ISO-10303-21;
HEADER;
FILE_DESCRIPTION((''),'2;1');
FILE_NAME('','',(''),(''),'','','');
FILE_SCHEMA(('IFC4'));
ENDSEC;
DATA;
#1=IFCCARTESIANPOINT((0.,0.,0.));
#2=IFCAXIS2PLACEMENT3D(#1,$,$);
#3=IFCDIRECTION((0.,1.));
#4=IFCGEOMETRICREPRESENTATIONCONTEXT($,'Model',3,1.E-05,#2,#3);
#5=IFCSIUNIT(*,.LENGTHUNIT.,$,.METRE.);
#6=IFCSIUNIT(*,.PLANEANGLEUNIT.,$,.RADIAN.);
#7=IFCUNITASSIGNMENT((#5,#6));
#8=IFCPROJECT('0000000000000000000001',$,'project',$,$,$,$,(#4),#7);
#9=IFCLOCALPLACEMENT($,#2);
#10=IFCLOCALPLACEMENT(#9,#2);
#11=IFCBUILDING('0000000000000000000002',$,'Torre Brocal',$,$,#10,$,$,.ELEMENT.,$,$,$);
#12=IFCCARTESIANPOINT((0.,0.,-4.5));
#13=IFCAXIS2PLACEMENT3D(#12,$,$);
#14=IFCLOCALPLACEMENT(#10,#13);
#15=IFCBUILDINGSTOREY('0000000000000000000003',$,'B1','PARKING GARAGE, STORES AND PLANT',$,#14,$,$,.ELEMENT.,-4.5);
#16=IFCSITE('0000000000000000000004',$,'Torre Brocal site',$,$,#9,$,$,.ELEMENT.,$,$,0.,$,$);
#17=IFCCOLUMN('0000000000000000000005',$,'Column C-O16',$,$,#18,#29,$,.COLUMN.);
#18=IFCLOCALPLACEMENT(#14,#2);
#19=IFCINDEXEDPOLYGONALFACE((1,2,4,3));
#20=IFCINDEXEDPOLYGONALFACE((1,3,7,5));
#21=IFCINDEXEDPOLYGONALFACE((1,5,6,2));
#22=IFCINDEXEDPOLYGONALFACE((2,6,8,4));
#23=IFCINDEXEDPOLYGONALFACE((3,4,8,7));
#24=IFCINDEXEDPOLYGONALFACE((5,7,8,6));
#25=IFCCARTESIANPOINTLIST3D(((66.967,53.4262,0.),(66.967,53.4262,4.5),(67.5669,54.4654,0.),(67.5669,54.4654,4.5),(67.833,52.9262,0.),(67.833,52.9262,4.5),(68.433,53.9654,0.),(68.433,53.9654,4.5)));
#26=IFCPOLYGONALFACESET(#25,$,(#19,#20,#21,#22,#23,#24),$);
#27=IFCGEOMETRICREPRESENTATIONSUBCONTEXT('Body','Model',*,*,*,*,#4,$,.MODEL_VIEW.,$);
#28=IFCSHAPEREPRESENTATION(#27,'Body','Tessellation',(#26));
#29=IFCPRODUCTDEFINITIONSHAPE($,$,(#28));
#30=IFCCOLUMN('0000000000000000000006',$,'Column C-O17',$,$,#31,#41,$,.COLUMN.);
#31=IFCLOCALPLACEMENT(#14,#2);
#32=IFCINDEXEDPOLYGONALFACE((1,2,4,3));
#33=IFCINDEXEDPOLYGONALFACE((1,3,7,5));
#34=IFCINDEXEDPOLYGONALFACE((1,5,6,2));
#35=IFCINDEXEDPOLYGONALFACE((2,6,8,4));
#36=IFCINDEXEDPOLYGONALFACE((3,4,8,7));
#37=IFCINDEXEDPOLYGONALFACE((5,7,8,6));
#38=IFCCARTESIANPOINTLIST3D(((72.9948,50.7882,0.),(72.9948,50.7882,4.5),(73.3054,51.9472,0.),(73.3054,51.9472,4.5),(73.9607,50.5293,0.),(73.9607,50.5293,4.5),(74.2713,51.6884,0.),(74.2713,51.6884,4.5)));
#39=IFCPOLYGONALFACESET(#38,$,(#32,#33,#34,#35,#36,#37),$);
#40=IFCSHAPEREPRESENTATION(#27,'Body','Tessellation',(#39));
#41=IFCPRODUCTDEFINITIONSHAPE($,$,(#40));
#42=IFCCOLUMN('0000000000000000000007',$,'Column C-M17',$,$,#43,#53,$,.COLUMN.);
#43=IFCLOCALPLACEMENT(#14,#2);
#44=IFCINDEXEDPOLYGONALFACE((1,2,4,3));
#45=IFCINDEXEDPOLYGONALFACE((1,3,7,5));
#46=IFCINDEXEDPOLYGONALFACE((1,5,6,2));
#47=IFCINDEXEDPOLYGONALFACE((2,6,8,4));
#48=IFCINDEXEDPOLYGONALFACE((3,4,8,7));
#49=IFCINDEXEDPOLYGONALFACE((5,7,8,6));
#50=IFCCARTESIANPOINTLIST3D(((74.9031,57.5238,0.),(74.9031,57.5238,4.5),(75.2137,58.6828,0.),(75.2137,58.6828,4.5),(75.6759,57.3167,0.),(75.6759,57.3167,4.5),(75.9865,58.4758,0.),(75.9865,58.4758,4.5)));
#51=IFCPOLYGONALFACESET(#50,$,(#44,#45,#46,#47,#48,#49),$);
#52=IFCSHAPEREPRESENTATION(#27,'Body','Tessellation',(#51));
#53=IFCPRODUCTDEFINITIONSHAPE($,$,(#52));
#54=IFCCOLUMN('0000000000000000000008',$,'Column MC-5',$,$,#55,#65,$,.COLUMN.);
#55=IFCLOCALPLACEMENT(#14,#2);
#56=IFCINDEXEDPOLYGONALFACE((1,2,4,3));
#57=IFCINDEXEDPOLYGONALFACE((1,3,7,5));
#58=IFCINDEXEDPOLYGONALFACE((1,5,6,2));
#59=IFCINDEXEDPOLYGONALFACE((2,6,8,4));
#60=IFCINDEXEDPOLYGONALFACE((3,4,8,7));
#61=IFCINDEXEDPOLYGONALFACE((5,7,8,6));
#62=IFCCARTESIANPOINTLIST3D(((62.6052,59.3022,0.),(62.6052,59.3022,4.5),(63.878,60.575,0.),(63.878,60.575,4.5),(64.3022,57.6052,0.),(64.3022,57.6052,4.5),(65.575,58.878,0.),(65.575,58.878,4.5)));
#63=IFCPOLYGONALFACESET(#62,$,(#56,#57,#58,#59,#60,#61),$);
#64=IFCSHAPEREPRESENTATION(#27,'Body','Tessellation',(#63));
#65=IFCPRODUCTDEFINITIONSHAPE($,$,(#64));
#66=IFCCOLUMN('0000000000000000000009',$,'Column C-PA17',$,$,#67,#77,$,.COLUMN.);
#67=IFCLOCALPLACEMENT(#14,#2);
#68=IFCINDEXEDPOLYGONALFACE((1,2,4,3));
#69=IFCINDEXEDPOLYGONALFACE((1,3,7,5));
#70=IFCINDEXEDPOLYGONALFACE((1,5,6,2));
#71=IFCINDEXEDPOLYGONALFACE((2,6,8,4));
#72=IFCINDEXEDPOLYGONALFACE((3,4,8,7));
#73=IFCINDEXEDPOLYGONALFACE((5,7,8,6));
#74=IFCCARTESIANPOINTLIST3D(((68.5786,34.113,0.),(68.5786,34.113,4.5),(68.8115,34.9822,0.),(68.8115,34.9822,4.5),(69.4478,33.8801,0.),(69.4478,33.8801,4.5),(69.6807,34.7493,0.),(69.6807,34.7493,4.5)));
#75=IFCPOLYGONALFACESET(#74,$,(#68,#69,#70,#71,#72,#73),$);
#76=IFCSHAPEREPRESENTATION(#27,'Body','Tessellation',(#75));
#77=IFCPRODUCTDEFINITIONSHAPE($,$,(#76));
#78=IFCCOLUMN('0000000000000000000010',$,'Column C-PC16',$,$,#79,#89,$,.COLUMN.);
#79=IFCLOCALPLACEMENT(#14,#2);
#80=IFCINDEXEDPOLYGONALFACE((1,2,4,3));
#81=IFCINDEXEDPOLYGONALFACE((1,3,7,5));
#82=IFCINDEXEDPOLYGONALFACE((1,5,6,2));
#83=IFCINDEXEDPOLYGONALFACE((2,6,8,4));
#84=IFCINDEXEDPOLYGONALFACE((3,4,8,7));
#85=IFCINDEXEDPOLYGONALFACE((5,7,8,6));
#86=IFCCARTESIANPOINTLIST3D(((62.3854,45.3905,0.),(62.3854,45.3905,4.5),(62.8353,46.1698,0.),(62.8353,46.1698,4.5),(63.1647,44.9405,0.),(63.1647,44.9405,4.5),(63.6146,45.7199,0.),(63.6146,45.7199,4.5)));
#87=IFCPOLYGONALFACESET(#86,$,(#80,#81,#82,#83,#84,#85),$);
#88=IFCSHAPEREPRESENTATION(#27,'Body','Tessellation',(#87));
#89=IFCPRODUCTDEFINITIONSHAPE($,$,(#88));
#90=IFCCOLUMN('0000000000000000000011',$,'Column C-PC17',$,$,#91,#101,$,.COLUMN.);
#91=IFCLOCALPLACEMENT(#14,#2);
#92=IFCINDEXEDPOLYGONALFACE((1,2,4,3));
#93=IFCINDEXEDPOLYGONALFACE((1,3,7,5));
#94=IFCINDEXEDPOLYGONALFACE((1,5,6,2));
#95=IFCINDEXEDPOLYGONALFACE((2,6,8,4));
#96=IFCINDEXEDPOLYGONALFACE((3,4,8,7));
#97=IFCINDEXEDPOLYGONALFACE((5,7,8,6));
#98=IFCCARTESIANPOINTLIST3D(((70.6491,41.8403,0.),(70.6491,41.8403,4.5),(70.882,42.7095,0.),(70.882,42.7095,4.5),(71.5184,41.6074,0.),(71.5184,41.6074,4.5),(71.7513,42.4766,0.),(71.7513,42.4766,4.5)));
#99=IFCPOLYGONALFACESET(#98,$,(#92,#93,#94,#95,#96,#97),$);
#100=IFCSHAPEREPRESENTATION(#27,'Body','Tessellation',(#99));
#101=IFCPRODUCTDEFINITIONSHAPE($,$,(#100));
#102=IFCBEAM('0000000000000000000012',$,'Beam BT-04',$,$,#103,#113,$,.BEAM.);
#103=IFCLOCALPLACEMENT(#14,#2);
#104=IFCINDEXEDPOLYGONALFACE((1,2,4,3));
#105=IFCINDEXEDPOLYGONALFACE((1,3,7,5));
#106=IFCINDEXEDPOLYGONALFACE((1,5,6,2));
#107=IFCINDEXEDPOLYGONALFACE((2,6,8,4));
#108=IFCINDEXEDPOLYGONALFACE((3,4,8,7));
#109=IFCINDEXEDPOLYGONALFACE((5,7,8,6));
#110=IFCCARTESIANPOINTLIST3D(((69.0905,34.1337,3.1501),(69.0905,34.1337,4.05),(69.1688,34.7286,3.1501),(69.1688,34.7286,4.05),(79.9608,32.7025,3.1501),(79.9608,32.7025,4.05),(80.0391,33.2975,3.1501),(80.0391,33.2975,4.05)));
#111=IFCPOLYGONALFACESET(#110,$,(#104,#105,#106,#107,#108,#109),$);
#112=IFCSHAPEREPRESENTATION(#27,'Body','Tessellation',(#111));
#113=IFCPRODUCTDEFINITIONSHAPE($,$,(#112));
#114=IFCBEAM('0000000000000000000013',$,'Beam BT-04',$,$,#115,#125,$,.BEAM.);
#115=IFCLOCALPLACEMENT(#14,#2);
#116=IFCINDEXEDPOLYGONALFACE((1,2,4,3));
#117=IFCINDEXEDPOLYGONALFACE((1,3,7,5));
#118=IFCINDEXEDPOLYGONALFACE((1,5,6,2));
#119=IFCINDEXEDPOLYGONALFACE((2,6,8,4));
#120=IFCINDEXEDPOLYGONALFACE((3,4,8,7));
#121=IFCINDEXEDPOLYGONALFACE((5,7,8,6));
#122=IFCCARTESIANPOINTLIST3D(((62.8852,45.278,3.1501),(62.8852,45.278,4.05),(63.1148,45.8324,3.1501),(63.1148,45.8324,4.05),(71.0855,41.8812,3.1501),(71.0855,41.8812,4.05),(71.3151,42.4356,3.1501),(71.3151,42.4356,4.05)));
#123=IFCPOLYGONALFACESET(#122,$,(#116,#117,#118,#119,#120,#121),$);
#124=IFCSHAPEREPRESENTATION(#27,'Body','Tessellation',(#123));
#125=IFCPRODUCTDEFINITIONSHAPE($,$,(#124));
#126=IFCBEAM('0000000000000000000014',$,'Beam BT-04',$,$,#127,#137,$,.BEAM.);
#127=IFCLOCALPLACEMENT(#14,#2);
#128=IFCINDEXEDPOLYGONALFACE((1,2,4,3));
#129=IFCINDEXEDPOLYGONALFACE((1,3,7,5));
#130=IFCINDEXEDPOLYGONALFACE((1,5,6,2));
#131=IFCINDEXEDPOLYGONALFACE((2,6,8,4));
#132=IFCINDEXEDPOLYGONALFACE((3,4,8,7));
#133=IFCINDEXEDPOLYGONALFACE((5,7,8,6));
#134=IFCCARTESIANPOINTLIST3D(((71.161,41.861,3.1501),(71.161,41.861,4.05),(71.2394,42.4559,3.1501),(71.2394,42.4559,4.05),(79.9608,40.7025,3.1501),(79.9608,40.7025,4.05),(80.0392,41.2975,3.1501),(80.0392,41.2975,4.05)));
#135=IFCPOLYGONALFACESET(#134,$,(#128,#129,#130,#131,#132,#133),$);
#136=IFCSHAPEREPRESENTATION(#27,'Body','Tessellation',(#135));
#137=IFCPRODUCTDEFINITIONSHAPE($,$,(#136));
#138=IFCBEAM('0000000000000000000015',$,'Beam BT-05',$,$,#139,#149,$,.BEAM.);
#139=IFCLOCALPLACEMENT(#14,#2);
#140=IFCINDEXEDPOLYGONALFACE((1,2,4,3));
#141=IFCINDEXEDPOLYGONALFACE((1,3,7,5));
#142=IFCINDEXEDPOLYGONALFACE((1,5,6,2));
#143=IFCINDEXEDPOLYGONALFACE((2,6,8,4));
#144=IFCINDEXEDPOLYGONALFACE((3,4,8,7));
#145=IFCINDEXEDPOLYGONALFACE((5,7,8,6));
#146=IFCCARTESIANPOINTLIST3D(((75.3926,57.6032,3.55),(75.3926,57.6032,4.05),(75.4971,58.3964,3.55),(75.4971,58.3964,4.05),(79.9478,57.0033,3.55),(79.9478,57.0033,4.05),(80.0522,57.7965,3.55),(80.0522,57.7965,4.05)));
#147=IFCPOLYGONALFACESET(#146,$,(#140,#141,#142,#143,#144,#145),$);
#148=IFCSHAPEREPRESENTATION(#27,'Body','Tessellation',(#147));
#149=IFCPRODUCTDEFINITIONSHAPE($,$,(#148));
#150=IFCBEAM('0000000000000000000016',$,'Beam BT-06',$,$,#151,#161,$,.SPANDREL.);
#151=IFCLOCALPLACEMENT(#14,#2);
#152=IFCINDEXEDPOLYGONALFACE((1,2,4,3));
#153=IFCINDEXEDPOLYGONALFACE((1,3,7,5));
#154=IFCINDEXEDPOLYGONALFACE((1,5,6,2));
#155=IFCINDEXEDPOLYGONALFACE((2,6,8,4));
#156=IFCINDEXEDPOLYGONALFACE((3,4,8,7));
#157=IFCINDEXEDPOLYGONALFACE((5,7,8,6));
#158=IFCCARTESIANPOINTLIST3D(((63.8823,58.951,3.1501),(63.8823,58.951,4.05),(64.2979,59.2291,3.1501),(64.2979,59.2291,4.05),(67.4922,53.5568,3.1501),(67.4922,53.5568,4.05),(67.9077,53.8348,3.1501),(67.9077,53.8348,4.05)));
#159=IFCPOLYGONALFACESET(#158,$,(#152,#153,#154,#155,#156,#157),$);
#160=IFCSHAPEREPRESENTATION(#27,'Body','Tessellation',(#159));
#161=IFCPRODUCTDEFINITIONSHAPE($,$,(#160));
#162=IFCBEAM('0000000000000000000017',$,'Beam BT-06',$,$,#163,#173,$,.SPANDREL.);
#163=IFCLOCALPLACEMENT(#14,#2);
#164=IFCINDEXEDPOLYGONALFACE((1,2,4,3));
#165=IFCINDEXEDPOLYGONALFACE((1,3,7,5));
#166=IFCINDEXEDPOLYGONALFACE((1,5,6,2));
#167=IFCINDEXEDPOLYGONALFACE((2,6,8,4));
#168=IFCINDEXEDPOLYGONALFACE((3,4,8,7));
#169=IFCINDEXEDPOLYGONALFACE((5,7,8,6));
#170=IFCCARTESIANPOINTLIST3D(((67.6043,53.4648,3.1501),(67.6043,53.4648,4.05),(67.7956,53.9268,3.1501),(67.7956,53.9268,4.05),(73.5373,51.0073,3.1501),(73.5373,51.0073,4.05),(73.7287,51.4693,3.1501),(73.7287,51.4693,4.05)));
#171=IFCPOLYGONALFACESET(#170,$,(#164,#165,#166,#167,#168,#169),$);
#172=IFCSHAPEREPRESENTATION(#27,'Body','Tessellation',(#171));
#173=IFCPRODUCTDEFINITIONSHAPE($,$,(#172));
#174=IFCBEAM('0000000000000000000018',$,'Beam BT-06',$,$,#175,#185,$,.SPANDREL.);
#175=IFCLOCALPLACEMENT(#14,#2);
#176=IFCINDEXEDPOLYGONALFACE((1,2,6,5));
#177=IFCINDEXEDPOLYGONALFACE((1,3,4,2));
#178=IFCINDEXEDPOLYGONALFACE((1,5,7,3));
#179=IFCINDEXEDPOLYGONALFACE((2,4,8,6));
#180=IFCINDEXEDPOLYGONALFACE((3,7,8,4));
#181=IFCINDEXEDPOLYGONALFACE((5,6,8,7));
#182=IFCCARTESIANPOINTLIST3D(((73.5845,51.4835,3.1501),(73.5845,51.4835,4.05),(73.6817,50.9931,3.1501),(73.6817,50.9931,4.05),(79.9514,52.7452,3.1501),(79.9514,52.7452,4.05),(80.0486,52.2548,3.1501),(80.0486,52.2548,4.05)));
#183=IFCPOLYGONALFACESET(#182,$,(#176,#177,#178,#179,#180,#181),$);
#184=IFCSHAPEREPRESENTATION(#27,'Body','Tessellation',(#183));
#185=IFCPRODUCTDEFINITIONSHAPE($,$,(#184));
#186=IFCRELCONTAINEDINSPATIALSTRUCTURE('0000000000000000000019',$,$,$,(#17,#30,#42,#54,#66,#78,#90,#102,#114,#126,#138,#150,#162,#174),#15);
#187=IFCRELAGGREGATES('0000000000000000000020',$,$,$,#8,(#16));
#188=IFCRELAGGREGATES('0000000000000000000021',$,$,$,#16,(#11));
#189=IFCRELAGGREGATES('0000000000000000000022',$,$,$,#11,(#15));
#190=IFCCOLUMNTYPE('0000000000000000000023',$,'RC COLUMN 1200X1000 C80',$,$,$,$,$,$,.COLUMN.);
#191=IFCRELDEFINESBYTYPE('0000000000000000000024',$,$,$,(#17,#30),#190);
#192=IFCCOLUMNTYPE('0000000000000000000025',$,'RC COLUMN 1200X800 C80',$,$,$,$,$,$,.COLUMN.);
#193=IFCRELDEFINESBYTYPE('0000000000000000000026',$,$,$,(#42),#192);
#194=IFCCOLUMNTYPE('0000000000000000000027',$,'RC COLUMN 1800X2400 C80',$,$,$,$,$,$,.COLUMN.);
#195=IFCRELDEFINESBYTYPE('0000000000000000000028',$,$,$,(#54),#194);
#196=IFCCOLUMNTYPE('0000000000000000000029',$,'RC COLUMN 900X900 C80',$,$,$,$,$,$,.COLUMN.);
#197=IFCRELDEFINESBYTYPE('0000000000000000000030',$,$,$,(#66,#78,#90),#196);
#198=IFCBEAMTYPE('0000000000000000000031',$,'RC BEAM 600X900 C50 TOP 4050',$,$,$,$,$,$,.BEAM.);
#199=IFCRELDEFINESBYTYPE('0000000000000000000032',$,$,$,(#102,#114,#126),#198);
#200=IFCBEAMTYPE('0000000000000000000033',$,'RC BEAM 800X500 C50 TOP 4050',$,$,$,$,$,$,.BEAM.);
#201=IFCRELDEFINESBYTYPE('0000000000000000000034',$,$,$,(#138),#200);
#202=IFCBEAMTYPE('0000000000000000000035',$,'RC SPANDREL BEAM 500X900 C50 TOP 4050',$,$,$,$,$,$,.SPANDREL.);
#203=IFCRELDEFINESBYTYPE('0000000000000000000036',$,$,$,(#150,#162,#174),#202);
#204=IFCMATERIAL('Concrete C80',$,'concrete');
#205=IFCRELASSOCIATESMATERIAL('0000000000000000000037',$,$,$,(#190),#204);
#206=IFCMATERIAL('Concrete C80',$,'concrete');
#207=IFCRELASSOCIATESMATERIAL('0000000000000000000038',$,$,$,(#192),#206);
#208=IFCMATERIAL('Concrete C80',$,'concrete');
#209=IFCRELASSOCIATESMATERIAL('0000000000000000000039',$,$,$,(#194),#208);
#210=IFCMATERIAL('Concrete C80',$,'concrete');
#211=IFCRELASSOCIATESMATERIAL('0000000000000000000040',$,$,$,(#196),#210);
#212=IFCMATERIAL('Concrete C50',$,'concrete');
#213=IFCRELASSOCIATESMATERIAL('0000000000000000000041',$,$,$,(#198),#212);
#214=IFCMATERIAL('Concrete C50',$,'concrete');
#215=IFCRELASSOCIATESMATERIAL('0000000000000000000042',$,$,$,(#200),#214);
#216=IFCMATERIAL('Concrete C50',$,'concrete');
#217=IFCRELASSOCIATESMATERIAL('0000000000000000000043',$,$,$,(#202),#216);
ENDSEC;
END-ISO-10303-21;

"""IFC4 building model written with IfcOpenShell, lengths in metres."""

from ifc_helpers import new_model, si_unit, direction, frame, origin, origin_2d, place, context, subcontext, project, spatial, rectangle, extrude, material, material_profile, profile_set, type_object, element, save


model = new_model("IFC4")

# Units and contexts
model_context = context("Model", 3, precision=1e-05, world=origin(), true_north=direction((0.0, 1.0)))
body_context = subcontext(model_context, "Body", "Model", "MODEL_VIEW")
ifc_project = project(units=[si_unit("LENGTHUNIT", "METRE"), si_unit("PLANEANGLEUNIT", "RADIAN")], contexts=[model_context])

# Site, building, storey
site_placement = place(None, origin())
site = spatial("IfcSite", under=ifc_project, at=site_placement, Name="Torre Brocal site", CompositionType="ELEMENT", RefElevation=0.0)
building_placement = place(site_placement, origin())
building = spatial("IfcBuilding", under=site, at=building_placement, Name="Torre Brocal", CompositionType="ELEMENT")
storey_placement = place(building_placement, frame((0.0, 0.0, -4.5)))
storey = spatial("IfcBuildingStorey", under=building, at=storey_placement, Name="B1", Description="PARKING GARAGE, STORES AND PLANT", CompositionType="ELEMENT", Elevation=-4.5)

# Columns
ifc_material_1 = material(Name="Concrete C80", Category="concrete")
ifc_material_profile_1 = material_profile(ifc_material_1, rectangle(XDim=1.2, YDim=1.0, at=origin_2d()), Name="RC 1200X1000")
ifc_profile_set_1 = profile_set([ifc_material_profile_1], Name="Concrete C80")
column_type_1 = type_object("IfcColumnType", Name="RC COLUMN 1200X1000 C80", PredefinedType="COLUMN", material=ifc_profile_set_1)
for number, where, z_axis, x_axis, name in (
    (1, (67.7, 53.6958, 0.0), (0.0, 0.0, 1.0), (-0.5, -0.866025, 0.0), "Column C-O16"),
    (2, (73.6331, 51.2383, 0.0), (0.0, 0.0, 1.0), (-0.258819, -0.965926, 0.0), "Column C-O17"),
):
    element("IfcColumn", number, at=place(storey_placement, frame(where, z_axis=z_axis, x_axis=x_axis)), inside=storey, type_object=column_type_1, Name=name, PredefinedType="COLUMN", context=body_context, shape_type="SweptSolid", body=[
        extrude(rectangle(XDim=1.2, YDim=1.0, at=origin_2d()), origin(), (0.0, 0.0, 1.0), 4.5),
    ])
ifc_material_2 = material(Name="Concrete C80", Category="concrete")
ifc_material_profile_2 = material_profile(ifc_material_2, rectangle(XDim=1.2, YDim=0.8, at=origin_2d()), Name="RC 1200X800")
ifc_profile_set_2 = profile_set([ifc_material_profile_2], Name="Concrete C80")
column_type_2 = type_object("IfcColumnType", Name="RC COLUMN 1200X800 C80", PredefinedType="COLUMN", material=ifc_profile_set_2)
column_1_placement = place(storey_placement, frame((75.4448, 57.9998, 0.0), z_axis=(0.0, 0.0, 1.0), x_axis=(-0.258819, -0.965926, 0.0)))
element("IfcColumn", 3, at=column_1_placement, inside=storey, type_object=column_type_2, Name="Column C-M17", PredefinedType="COLUMN", context=body_context, shape_type="SweptSolid", body=[
    extrude(rectangle(XDim=1.2, YDim=0.8, at=origin_2d()), origin(), (0.0, 0.0, 1.0), 4.5),
])
ifc_material_3 = material(Name="Concrete C80", Category="concrete")
ifc_material_profile_3 = material_profile(ifc_material_3, rectangle(XDim=1.8, YDim=2.3999, at=origin_2d()), Name="RC 1800X2400")
ifc_profile_set_3 = profile_set([ifc_material_profile_3], Name="Concrete C80")
column_type_3 = type_object("IfcColumnType", Name="RC COLUMN 1800X2400 C80", PredefinedType="COLUMN", material=ifc_profile_set_3)
column_2_placement = place(storey_placement, frame((64.0901, 59.0901, 0.0), z_axis=(0.0, 0.0, 1.0), x_axis=(-0.707107, -0.707107, 0.0)))
element("IfcColumn", 4, at=column_2_placement, inside=storey, type_object=column_type_3, Name="Column MC-5", PredefinedType="COLUMN", context=body_context, shape_type="SweptSolid", body=[
    extrude(rectangle(XDim=1.8, YDim=2.3999, at=origin_2d()), origin(), (0.0, 0.0, 1.0), 4.5),
])
ifc_material_4 = material(Name="Concrete C80", Category="concrete")
ifc_material_profile_4 = material_profile(ifc_material_4, rectangle(XDim=0.8999, YDim=0.8999, at=origin_2d()), Name="RC 900X900")
ifc_profile_set_4 = profile_set([ifc_material_profile_4], Name="Concrete C80")
column_type_4 = type_object("IfcColumnType", Name="RC COLUMN 900X900 C80", PredefinedType="COLUMN", material=ifc_profile_set_4)
for number, where, z_axis, x_axis, name in (
    (5, (69.1296, 34.4312, 0.0), (0.0, 0.0, 1.0), (-0.258819, -0.965926, 0.0), "Column C-PA17"),
    (6, (63.0, 45.5552, 0.0), (0.0, 0.0, 1.0), (-0.5, -0.866025, 0.0), "Column C-PC16"),
    (7, (71.2002, 42.1584, 0.0), (0.0, 0.0, 1.0), (-0.258819, -0.965926, 0.0), "Column C-PC17"),
):
    element("IfcColumn", number, at=place(storey_placement, frame(where, z_axis=z_axis, x_axis=x_axis)), inside=storey, type_object=column_type_4, Name=name, PredefinedType="COLUMN", context=body_context, shape_type="SweptSolid", body=[
        extrude(rectangle(XDim=0.8999, YDim=0.8999, at=origin_2d()), origin(), (0.0, 0.0, 1.0), 4.5),
    ])

# Beams
ifc_material_5 = material(Name="Concrete C50", Category="concrete")
ifc_material_profile_5 = material_profile(ifc_material_5, rectangle(XDim=0.6001, YDim=0.8999, at=origin_2d()), Name="RC 600X900")
ifc_profile_set_5 = profile_set([ifc_material_profile_5], Name="Concrete C50")
beam_type_1 = type_object("IfcBeamType", Name="RC BEAM 600X900 C50 TOP 4050", PredefinedType="BEAM", material=ifc_profile_set_5)
beam_1_placement = place(storey_placement, frame((69.1296, 34.4312, 3.6001), z_axis=(0.991444, -0.13053, 0.0), x_axis=(0.13053, 0.991444, 0.0)))
element("IfcBeam", 8, at=beam_1_placement, inside=storey, type_object=beam_type_1, Name="Beam BT-04", PredefinedType="BEAM", context=body_context, shape_type="SweptSolid", body=[
    extrude(rectangle(XDim=0.6001, YDim=0.8999, at=origin_2d()), origin(), (0.0, 0.0, 1.0), 10.9641),
])
beam_2_placement = place(storey_placement, frame((63.0, 45.5552, 3.6001), z_axis=(0.923876, -0.382693, 0.0), x_axis=(0.382693, 0.923876, 0.0)))
element("IfcBeam", 9, at=beam_2_placement, inside=storey, type_object=beam_type_1, Name="Beam BT-04", PredefinedType="BEAM", context=body_context, shape_type="SweptSolid", body=[
    extrude(rectangle(XDim=0.6001, YDim=0.8999, at=origin_2d()), origin(), (0.0, 0.0, 1.0), 8.876),
])
beam_3_placement = place(storey_placement, frame((71.2002, 42.1584, 3.6001), z_axis=(0.991446, -0.130519, 0.0), x_axis=(0.130519, 0.991446, 0.0)))
element("IfcBeam", 10, at=beam_3_placement, inside=storey, type_object=beam_type_1, Name="Beam BT-04", PredefinedType="BEAM", context=body_context, shape_type="SweptSolid", body=[
    extrude(rectangle(XDim=0.6001, YDim=0.8999, at=origin_2d()), origin(), (0.0, 0.0, 1.0), 8.8757),
])
ifc_material_6 = material(Name="Concrete C50", Category="concrete")
ifc_material_profile_6 = material_profile(ifc_material_6, rectangle(XDim=0.8, YDim=0.5, at=origin_2d()), Name="RC 800X500")
ifc_profile_set_6 = profile_set([ifc_material_profile_6], Name="Concrete C50")
beam_type_2 = type_object("IfcBeamType", Name="RC BEAM 800X500 C50 TOP 4050", PredefinedType="BEAM", material=ifc_profile_set_6)
beam_4_placement = place(storey_placement, frame((75.4448, 57.9998, 3.8), z_axis=(0.991441, -0.130559, 0.0), x_axis=(0.130559, 0.991441, 0.0)))
element("IfcBeam", 11, at=beam_4_placement, inside=storey, type_object=beam_type_2, Name="Beam BT-05", PredefinedType="BEAM", context=body_context, shape_type="SweptSolid", body=[
    extrude(rectangle(XDim=0.8, YDim=0.5, at=origin_2d()), origin(), (0.0, 0.0, 1.0), 4.5945),
])
ifc_material_7 = material(Name="Concrete C50", Category="concrete")
ifc_material_profile_7 = material_profile(ifc_material_7, rectangle(XDim=0.5, YDim=0.8999, at=origin_2d()), Name="RC 500X900")
ifc_profile_set_7 = profile_set([ifc_material_profile_7], Name="Concrete C50")
beam_type_3 = type_object("IfcBeamType", Name="RC SPANDREL BEAM 500X900 C50 TOP 4050", PredefinedType="SPANDREL", material=ifc_profile_set_7)
beam_5_placement = place(storey_placement, frame((64.0901, 59.0901, 3.6001), z_axis=(0.556158, -0.831077, 0.0), x_axis=(0.831077, 0.556158, 0.0)))
element("IfcBeam", 12, at=beam_5_placement, inside=storey, type_object=beam_type_3, Name="Beam BT-06", PredefinedType="SPANDREL", context=body_context, shape_type="SweptSolid", body=[
    extrude(rectangle(XDim=0.5, YDim=0.8999, at=origin_2d()), origin(), (0.0, 0.0, 1.0), 6.4907),
])
beam_6_placement = place(storey_placement, frame((67.7, 53.6958, 3.6001), z_axis=(0.923882, -0.382676, 0.0), x_axis=(0.382676, 0.923882, 0.0)))
element("IfcBeam", 13, at=beam_6_placement, inside=storey, type_object=beam_type_3, Name="Beam BT-06", PredefinedType="SPANDREL", context=body_context, shape_type="SweptSolid", body=[
    extrude(rectangle(XDim=0.5, YDim=0.8999, at=origin_2d()), origin(), (0.0, 0.0, 1.0), 6.4219),
])
beam_7_placement = place(storey_placement, frame((73.6331, 51.2383, 3.6001), z_axis=(0.980925, 0.194387, 0.0), x_axis=(-0.194387, 0.980925, 0.0)))
element("IfcBeam", 14, at=beam_7_placement, inside=storey, type_object=beam_type_3, Name="Beam BT-06", PredefinedType="SPANDREL", context=body_context, shape_type="SweptSolid", body=[
    extrude(rectangle(XDim=0.5, YDim=0.8999, at=origin_2d()), origin(), (0.0, 0.0, 1.0), 6.4907),
])

save(model, "model.ifc")
